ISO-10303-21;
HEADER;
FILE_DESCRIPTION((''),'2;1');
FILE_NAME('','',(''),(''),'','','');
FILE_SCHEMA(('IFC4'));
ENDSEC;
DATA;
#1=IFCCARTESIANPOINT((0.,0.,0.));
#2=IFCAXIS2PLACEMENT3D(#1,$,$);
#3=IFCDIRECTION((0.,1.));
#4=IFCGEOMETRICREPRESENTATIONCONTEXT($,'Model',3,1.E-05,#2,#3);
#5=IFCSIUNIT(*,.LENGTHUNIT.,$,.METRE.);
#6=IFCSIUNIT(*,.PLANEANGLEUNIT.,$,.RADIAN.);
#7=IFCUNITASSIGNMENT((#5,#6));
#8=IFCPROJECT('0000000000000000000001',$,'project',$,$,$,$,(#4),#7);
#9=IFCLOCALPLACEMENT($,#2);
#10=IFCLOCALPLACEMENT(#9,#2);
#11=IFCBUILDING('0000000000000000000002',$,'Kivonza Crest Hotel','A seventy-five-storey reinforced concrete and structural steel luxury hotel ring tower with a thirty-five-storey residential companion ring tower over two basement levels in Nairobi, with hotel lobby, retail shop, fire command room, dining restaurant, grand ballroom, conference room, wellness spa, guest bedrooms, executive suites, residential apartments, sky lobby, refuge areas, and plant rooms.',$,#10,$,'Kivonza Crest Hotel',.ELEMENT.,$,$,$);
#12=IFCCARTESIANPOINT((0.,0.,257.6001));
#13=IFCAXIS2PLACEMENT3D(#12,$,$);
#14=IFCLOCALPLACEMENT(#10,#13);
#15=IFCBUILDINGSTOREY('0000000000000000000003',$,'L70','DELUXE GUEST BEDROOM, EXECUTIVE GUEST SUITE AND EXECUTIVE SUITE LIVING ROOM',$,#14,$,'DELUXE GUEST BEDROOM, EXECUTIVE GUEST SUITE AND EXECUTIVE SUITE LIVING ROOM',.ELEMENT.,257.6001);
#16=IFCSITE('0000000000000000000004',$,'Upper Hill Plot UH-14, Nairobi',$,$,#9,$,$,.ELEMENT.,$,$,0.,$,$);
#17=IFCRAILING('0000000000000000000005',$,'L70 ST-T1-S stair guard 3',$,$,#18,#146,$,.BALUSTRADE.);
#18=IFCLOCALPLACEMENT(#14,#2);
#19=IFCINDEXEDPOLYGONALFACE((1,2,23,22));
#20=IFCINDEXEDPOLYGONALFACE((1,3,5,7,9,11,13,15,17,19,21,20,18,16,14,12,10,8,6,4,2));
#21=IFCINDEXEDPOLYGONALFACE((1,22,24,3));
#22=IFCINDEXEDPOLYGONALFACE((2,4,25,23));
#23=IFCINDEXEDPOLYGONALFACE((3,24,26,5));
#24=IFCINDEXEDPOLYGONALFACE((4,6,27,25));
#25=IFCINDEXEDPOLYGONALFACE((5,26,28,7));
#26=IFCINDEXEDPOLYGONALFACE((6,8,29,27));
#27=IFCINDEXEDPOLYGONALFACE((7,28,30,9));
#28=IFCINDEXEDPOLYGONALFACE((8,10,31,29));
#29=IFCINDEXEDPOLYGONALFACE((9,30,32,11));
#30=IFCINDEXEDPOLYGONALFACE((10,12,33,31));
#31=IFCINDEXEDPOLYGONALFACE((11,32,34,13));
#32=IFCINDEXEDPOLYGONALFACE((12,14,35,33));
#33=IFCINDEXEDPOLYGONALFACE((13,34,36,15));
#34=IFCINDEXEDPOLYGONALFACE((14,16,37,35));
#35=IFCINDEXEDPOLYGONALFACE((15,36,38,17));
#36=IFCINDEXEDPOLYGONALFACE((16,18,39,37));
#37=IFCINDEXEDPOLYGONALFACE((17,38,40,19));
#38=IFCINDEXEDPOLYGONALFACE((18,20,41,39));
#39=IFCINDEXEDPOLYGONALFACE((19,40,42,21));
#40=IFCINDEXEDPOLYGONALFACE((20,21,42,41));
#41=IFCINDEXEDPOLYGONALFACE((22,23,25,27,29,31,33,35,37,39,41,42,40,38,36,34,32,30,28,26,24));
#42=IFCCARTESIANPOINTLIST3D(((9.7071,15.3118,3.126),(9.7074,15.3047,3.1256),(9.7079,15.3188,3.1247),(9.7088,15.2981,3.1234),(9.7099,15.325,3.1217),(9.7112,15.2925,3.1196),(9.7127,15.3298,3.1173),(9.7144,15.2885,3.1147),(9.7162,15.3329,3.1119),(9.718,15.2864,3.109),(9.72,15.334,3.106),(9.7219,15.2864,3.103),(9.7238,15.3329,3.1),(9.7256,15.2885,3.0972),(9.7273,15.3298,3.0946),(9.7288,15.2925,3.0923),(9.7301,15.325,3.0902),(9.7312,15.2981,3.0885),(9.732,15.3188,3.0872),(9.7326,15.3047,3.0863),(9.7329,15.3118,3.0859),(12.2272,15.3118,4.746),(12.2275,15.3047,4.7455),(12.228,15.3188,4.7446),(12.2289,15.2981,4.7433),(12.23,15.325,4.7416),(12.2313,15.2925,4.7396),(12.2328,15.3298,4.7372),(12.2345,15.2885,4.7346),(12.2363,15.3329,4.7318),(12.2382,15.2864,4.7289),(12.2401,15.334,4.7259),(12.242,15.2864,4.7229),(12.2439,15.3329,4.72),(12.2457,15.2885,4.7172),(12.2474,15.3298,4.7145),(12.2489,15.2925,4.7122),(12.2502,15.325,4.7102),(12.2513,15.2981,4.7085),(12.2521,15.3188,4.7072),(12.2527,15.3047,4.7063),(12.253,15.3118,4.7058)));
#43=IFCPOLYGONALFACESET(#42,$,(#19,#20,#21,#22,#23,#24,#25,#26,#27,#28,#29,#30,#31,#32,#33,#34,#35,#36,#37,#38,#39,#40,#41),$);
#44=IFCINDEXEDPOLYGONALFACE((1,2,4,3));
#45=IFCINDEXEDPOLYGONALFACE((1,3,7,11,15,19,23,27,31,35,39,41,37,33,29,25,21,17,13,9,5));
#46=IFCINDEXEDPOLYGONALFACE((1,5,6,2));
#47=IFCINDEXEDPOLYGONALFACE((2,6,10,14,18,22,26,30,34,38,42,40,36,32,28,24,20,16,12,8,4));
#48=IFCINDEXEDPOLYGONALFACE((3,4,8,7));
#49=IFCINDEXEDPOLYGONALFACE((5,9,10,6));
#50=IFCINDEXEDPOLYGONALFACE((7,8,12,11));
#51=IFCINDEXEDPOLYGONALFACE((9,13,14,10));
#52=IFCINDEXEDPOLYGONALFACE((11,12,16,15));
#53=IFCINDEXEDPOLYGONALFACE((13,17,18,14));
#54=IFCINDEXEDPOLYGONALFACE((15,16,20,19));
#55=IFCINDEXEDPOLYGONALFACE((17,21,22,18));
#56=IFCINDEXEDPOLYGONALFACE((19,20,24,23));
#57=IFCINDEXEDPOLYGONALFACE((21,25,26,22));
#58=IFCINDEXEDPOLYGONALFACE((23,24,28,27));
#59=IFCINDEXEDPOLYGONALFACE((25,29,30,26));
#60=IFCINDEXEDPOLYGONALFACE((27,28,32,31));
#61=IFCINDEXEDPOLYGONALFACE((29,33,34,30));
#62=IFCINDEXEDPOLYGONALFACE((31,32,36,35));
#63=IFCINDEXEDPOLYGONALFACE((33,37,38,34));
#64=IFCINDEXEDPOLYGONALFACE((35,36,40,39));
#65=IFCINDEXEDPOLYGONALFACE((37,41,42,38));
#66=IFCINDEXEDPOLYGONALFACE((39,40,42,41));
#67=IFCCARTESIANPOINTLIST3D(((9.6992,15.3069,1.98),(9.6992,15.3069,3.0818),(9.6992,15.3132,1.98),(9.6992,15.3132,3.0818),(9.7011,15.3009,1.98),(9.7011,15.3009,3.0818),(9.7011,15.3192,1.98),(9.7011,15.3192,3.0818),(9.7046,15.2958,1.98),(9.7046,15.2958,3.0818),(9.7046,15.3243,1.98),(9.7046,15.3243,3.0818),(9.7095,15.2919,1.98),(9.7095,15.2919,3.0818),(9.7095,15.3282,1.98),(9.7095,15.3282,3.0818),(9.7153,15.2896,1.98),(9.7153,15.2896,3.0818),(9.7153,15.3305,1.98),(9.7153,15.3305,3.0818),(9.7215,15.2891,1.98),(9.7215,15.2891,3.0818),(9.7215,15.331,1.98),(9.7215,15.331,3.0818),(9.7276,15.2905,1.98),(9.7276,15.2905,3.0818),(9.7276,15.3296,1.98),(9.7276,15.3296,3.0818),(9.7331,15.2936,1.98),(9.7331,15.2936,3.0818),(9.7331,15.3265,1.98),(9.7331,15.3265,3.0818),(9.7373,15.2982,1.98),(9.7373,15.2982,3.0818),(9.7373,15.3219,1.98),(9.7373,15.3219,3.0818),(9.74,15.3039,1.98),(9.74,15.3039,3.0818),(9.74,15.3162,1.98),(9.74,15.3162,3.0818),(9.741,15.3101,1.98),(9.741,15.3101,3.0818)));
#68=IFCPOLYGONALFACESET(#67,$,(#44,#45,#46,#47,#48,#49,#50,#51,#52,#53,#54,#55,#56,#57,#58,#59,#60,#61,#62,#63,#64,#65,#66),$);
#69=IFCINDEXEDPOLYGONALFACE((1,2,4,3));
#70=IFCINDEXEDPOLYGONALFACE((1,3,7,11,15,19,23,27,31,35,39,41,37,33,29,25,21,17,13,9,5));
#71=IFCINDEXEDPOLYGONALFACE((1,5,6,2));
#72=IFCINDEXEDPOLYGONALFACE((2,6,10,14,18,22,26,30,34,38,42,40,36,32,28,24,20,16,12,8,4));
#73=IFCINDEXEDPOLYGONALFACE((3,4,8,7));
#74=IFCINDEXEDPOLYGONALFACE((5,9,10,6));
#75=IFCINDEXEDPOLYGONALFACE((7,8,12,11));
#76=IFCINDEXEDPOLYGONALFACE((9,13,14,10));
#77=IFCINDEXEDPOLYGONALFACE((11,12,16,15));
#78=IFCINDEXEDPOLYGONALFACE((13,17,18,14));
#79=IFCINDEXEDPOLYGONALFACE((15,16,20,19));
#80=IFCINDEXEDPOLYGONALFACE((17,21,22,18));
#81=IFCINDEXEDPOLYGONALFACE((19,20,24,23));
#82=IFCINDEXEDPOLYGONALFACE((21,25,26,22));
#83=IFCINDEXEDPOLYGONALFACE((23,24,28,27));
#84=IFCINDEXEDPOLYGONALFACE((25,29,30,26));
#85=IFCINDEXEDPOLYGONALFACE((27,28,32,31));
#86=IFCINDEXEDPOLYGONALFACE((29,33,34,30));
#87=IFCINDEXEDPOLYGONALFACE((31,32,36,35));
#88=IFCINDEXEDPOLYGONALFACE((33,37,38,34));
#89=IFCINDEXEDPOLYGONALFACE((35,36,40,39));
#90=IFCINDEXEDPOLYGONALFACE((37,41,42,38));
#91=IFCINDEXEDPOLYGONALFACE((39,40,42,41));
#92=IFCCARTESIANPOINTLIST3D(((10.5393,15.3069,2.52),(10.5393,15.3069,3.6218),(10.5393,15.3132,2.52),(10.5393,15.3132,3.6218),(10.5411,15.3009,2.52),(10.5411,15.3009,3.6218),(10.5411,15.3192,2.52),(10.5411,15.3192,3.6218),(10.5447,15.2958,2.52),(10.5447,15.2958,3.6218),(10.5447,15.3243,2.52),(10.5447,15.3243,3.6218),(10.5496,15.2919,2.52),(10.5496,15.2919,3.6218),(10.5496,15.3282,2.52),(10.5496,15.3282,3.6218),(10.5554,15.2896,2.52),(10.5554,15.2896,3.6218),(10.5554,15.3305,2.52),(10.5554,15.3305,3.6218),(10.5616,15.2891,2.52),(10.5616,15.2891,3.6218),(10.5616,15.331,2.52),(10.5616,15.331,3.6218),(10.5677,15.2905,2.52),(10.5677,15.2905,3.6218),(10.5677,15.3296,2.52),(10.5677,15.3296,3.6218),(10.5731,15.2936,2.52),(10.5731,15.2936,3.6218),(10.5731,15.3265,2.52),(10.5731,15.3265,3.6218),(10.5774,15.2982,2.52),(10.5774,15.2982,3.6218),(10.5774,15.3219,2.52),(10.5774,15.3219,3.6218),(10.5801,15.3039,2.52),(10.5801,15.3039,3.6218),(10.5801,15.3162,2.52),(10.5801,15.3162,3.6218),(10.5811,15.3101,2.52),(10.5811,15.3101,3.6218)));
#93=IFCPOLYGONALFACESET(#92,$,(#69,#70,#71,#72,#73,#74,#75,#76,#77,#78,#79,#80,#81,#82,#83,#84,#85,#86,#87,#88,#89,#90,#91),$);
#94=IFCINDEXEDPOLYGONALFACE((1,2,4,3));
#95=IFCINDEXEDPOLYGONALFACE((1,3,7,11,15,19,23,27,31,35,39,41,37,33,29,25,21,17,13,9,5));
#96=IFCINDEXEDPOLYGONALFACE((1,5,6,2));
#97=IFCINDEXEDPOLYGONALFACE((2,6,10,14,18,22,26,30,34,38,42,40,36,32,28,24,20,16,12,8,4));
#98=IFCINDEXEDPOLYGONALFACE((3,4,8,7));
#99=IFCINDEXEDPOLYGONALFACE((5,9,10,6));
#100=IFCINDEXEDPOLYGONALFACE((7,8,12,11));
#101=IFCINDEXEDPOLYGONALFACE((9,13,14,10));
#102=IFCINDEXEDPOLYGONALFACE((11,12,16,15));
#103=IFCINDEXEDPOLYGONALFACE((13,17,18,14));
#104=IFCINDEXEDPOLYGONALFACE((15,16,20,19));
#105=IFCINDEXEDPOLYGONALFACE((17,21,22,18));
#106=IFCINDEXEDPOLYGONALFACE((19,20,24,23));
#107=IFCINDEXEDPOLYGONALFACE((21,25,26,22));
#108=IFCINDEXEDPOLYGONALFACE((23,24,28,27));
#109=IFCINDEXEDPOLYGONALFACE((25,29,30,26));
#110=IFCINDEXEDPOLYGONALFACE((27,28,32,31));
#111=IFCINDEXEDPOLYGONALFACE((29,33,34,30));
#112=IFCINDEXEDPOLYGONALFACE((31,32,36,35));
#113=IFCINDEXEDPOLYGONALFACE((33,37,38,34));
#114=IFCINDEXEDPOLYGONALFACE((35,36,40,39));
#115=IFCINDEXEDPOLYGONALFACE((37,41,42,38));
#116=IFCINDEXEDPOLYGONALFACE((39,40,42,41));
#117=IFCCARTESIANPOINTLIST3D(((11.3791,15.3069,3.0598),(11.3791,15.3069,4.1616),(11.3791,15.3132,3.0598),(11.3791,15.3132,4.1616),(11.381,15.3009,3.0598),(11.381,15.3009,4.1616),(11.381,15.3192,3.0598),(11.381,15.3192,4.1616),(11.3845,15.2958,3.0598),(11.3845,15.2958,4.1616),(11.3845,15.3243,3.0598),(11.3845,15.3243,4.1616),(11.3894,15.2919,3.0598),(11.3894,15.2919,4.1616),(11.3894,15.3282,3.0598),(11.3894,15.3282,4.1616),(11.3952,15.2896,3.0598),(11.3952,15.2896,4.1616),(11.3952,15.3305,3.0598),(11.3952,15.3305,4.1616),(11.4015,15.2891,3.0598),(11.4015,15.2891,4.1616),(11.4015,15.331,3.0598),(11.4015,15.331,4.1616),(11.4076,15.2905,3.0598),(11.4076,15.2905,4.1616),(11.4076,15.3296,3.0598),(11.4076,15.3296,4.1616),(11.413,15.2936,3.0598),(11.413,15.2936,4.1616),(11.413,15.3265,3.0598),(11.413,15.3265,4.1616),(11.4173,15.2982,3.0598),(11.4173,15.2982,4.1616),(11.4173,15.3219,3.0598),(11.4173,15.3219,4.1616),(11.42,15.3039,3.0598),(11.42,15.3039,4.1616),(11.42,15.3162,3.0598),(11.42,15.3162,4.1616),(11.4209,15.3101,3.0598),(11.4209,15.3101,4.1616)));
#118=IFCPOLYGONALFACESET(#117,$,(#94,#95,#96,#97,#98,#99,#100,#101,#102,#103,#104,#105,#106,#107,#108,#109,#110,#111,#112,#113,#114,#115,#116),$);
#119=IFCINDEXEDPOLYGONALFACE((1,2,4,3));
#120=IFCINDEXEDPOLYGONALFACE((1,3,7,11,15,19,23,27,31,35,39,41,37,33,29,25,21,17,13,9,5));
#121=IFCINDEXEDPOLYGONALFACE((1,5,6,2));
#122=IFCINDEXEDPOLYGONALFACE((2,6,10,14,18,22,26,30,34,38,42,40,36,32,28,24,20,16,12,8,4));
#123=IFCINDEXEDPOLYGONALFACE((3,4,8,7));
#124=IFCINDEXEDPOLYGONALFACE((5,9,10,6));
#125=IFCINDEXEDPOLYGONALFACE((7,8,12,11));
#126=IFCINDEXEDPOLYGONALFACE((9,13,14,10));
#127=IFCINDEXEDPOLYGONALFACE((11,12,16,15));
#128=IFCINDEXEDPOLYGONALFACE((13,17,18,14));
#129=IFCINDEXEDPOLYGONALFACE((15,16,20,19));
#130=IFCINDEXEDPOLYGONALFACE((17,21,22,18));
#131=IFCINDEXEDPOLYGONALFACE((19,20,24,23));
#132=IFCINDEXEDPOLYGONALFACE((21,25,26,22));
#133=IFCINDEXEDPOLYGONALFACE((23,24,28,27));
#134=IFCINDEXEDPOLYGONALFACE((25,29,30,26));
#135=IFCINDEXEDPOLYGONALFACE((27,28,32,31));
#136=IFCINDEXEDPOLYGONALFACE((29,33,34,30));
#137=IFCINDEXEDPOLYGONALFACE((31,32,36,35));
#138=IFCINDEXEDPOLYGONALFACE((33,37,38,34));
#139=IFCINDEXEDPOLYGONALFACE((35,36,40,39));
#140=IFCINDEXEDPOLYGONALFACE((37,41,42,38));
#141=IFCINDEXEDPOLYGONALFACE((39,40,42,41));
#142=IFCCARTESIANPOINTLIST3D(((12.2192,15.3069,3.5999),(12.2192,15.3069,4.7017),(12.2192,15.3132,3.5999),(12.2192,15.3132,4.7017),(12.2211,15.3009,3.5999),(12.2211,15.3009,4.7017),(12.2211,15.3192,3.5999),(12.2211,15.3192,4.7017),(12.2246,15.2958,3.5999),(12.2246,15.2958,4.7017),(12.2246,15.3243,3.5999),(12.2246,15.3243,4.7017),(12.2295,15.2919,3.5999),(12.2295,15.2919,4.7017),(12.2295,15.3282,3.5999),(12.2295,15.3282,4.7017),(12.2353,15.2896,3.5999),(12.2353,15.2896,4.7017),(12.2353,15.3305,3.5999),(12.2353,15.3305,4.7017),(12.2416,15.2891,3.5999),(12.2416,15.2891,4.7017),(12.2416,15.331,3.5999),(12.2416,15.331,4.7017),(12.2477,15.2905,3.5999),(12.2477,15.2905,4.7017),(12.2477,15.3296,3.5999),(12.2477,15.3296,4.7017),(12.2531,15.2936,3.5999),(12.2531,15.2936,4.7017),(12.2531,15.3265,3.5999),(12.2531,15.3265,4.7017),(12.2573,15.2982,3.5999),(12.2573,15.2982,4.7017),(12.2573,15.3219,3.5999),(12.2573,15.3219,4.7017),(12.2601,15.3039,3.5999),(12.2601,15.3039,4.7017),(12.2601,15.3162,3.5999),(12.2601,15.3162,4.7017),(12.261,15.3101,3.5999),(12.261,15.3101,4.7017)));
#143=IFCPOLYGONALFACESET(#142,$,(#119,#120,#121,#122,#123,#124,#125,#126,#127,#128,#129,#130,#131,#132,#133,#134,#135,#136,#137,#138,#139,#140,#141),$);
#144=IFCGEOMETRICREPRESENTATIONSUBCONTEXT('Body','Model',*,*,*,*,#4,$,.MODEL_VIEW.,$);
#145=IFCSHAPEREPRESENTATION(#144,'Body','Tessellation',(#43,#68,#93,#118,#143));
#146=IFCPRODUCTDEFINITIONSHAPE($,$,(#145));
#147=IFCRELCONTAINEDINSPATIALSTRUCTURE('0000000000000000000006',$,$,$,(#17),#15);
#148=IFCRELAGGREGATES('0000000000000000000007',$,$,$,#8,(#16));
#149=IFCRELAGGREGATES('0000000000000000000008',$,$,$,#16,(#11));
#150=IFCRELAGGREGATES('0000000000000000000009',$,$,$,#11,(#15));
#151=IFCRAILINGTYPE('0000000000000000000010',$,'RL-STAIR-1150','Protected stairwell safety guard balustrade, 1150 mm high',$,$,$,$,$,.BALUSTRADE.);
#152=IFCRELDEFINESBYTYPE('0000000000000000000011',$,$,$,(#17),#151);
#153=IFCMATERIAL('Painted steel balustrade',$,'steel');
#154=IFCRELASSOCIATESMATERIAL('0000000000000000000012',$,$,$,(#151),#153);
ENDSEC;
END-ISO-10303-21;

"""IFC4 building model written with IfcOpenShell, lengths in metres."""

from ifc_helpers import new_model, si_unit, direction, frame, origin, origin_2d, place, context, subcontext, project, spatial, circle, extrude, material, type_object, element, save


model = new_model("IFC4")

# Units and contexts
model_context = context("Model", 3, precision=1e-05, world=origin(), true_north=direction((0.0, 1.0)))
body_context = subcontext(model_context, "Body", "Model", "MODEL_VIEW")
ifc_project = project(units=[si_unit("LENGTHUNIT", "METRE"), si_unit("PLANEANGLEUNIT", "RADIAN")], contexts=[model_context])

# Site, building, storey
site_placement = place(None, origin())
site = spatial("IfcSite", under=ifc_project, at=site_placement, Name="Upper Hill Plot UH-14, Nairobi", CompositionType="ELEMENT", RefElevation=0.0)
building_placement = place(site_placement, origin())
building = spatial("IfcBuilding", under=site, at=building_placement, Name="Kivonza Crest Hotel", Description="A seventy-five-storey reinforced concrete and structural steel luxury hotel ring tower with a thirty-five-storey residential companion ring tower over two basement levels in Nairobi, with hotel lobby, retail shop, fire command room, dining restaurant, grand ballroom, conference room, wellness spa, guest bedrooms, executive suites, residential apartments, sky lobby, refuge areas, and plant rooms.", LongName="Kivonza Crest Hotel", CompositionType="ELEMENT")
storey_placement = place(building_placement, frame((0.0, 0.0, 257.6001)))
storey = spatial("IfcBuildingStorey", under=building, at=storey_placement, Name="L70", Description="DELUXE GUEST BEDROOM, EXECUTIVE GUEST SUITE AND EXECUTIVE SUITE LIVING ROOM", LongName="DELUXE GUEST BEDROOM, EXECUTIVE GUEST SUITE AND EXECUTIVE SUITE LIVING ROOM", CompositionType="ELEMENT", Elevation=257.6001)

# Railing
ifc_material_1 = material(Name="Painted steel balustrade", Category="steel")
railing_type_1 = type_object("IfcRailingType", Name="RL-STAIR-1150", Description="Protected stairwell safety guard balustrade, 1150 mm high", PredefinedType="BALUSTRADE", material=ifc_material_1)
railing_1_placement = place(storey_placement, frame((9.72, 15.3101, 1.98)))
element("IfcRailing", 1, at=railing_1_placement, inside=storey, type_object=railing_type_1, Name="L70 ST-T1-S stair guard 3", PredefinedType="BALUSTRADE", context=body_context, shape_type="SweptSolid", body=[
    extrude(circle(Radius=0.0239, at=origin_2d()), frame((0.0, 0.0, 1.126), z_axis=(0.8412, 0.0, 0.540725), x_axis=(0.0, 1.0, 0.0)), (0.0, 0.0, 1.0), 2.9958),
    extrude(circle(Radius=0.021, at=origin_2d()), origin(), (0.0, 0.0, 1.0), 1.1018),
    extrude(circle(Radius=0.021, at=origin_2d()), frame((0.8401, 0.0, 0.54)), (0.0, 0.0, 1.0), 1.1018),
    extrude(circle(Radius=0.021, at=origin_2d()), frame((1.6799, 0.0, 1.0798)), (0.0, 0.0, 1.0), 1.1018),
    extrude(circle(Radius=0.021, at=origin_2d()), frame((2.52, 0.0, 1.6199)), (0.0, 0.0, 1.0), 1.1018),
])

save(model, "model.ifc")
